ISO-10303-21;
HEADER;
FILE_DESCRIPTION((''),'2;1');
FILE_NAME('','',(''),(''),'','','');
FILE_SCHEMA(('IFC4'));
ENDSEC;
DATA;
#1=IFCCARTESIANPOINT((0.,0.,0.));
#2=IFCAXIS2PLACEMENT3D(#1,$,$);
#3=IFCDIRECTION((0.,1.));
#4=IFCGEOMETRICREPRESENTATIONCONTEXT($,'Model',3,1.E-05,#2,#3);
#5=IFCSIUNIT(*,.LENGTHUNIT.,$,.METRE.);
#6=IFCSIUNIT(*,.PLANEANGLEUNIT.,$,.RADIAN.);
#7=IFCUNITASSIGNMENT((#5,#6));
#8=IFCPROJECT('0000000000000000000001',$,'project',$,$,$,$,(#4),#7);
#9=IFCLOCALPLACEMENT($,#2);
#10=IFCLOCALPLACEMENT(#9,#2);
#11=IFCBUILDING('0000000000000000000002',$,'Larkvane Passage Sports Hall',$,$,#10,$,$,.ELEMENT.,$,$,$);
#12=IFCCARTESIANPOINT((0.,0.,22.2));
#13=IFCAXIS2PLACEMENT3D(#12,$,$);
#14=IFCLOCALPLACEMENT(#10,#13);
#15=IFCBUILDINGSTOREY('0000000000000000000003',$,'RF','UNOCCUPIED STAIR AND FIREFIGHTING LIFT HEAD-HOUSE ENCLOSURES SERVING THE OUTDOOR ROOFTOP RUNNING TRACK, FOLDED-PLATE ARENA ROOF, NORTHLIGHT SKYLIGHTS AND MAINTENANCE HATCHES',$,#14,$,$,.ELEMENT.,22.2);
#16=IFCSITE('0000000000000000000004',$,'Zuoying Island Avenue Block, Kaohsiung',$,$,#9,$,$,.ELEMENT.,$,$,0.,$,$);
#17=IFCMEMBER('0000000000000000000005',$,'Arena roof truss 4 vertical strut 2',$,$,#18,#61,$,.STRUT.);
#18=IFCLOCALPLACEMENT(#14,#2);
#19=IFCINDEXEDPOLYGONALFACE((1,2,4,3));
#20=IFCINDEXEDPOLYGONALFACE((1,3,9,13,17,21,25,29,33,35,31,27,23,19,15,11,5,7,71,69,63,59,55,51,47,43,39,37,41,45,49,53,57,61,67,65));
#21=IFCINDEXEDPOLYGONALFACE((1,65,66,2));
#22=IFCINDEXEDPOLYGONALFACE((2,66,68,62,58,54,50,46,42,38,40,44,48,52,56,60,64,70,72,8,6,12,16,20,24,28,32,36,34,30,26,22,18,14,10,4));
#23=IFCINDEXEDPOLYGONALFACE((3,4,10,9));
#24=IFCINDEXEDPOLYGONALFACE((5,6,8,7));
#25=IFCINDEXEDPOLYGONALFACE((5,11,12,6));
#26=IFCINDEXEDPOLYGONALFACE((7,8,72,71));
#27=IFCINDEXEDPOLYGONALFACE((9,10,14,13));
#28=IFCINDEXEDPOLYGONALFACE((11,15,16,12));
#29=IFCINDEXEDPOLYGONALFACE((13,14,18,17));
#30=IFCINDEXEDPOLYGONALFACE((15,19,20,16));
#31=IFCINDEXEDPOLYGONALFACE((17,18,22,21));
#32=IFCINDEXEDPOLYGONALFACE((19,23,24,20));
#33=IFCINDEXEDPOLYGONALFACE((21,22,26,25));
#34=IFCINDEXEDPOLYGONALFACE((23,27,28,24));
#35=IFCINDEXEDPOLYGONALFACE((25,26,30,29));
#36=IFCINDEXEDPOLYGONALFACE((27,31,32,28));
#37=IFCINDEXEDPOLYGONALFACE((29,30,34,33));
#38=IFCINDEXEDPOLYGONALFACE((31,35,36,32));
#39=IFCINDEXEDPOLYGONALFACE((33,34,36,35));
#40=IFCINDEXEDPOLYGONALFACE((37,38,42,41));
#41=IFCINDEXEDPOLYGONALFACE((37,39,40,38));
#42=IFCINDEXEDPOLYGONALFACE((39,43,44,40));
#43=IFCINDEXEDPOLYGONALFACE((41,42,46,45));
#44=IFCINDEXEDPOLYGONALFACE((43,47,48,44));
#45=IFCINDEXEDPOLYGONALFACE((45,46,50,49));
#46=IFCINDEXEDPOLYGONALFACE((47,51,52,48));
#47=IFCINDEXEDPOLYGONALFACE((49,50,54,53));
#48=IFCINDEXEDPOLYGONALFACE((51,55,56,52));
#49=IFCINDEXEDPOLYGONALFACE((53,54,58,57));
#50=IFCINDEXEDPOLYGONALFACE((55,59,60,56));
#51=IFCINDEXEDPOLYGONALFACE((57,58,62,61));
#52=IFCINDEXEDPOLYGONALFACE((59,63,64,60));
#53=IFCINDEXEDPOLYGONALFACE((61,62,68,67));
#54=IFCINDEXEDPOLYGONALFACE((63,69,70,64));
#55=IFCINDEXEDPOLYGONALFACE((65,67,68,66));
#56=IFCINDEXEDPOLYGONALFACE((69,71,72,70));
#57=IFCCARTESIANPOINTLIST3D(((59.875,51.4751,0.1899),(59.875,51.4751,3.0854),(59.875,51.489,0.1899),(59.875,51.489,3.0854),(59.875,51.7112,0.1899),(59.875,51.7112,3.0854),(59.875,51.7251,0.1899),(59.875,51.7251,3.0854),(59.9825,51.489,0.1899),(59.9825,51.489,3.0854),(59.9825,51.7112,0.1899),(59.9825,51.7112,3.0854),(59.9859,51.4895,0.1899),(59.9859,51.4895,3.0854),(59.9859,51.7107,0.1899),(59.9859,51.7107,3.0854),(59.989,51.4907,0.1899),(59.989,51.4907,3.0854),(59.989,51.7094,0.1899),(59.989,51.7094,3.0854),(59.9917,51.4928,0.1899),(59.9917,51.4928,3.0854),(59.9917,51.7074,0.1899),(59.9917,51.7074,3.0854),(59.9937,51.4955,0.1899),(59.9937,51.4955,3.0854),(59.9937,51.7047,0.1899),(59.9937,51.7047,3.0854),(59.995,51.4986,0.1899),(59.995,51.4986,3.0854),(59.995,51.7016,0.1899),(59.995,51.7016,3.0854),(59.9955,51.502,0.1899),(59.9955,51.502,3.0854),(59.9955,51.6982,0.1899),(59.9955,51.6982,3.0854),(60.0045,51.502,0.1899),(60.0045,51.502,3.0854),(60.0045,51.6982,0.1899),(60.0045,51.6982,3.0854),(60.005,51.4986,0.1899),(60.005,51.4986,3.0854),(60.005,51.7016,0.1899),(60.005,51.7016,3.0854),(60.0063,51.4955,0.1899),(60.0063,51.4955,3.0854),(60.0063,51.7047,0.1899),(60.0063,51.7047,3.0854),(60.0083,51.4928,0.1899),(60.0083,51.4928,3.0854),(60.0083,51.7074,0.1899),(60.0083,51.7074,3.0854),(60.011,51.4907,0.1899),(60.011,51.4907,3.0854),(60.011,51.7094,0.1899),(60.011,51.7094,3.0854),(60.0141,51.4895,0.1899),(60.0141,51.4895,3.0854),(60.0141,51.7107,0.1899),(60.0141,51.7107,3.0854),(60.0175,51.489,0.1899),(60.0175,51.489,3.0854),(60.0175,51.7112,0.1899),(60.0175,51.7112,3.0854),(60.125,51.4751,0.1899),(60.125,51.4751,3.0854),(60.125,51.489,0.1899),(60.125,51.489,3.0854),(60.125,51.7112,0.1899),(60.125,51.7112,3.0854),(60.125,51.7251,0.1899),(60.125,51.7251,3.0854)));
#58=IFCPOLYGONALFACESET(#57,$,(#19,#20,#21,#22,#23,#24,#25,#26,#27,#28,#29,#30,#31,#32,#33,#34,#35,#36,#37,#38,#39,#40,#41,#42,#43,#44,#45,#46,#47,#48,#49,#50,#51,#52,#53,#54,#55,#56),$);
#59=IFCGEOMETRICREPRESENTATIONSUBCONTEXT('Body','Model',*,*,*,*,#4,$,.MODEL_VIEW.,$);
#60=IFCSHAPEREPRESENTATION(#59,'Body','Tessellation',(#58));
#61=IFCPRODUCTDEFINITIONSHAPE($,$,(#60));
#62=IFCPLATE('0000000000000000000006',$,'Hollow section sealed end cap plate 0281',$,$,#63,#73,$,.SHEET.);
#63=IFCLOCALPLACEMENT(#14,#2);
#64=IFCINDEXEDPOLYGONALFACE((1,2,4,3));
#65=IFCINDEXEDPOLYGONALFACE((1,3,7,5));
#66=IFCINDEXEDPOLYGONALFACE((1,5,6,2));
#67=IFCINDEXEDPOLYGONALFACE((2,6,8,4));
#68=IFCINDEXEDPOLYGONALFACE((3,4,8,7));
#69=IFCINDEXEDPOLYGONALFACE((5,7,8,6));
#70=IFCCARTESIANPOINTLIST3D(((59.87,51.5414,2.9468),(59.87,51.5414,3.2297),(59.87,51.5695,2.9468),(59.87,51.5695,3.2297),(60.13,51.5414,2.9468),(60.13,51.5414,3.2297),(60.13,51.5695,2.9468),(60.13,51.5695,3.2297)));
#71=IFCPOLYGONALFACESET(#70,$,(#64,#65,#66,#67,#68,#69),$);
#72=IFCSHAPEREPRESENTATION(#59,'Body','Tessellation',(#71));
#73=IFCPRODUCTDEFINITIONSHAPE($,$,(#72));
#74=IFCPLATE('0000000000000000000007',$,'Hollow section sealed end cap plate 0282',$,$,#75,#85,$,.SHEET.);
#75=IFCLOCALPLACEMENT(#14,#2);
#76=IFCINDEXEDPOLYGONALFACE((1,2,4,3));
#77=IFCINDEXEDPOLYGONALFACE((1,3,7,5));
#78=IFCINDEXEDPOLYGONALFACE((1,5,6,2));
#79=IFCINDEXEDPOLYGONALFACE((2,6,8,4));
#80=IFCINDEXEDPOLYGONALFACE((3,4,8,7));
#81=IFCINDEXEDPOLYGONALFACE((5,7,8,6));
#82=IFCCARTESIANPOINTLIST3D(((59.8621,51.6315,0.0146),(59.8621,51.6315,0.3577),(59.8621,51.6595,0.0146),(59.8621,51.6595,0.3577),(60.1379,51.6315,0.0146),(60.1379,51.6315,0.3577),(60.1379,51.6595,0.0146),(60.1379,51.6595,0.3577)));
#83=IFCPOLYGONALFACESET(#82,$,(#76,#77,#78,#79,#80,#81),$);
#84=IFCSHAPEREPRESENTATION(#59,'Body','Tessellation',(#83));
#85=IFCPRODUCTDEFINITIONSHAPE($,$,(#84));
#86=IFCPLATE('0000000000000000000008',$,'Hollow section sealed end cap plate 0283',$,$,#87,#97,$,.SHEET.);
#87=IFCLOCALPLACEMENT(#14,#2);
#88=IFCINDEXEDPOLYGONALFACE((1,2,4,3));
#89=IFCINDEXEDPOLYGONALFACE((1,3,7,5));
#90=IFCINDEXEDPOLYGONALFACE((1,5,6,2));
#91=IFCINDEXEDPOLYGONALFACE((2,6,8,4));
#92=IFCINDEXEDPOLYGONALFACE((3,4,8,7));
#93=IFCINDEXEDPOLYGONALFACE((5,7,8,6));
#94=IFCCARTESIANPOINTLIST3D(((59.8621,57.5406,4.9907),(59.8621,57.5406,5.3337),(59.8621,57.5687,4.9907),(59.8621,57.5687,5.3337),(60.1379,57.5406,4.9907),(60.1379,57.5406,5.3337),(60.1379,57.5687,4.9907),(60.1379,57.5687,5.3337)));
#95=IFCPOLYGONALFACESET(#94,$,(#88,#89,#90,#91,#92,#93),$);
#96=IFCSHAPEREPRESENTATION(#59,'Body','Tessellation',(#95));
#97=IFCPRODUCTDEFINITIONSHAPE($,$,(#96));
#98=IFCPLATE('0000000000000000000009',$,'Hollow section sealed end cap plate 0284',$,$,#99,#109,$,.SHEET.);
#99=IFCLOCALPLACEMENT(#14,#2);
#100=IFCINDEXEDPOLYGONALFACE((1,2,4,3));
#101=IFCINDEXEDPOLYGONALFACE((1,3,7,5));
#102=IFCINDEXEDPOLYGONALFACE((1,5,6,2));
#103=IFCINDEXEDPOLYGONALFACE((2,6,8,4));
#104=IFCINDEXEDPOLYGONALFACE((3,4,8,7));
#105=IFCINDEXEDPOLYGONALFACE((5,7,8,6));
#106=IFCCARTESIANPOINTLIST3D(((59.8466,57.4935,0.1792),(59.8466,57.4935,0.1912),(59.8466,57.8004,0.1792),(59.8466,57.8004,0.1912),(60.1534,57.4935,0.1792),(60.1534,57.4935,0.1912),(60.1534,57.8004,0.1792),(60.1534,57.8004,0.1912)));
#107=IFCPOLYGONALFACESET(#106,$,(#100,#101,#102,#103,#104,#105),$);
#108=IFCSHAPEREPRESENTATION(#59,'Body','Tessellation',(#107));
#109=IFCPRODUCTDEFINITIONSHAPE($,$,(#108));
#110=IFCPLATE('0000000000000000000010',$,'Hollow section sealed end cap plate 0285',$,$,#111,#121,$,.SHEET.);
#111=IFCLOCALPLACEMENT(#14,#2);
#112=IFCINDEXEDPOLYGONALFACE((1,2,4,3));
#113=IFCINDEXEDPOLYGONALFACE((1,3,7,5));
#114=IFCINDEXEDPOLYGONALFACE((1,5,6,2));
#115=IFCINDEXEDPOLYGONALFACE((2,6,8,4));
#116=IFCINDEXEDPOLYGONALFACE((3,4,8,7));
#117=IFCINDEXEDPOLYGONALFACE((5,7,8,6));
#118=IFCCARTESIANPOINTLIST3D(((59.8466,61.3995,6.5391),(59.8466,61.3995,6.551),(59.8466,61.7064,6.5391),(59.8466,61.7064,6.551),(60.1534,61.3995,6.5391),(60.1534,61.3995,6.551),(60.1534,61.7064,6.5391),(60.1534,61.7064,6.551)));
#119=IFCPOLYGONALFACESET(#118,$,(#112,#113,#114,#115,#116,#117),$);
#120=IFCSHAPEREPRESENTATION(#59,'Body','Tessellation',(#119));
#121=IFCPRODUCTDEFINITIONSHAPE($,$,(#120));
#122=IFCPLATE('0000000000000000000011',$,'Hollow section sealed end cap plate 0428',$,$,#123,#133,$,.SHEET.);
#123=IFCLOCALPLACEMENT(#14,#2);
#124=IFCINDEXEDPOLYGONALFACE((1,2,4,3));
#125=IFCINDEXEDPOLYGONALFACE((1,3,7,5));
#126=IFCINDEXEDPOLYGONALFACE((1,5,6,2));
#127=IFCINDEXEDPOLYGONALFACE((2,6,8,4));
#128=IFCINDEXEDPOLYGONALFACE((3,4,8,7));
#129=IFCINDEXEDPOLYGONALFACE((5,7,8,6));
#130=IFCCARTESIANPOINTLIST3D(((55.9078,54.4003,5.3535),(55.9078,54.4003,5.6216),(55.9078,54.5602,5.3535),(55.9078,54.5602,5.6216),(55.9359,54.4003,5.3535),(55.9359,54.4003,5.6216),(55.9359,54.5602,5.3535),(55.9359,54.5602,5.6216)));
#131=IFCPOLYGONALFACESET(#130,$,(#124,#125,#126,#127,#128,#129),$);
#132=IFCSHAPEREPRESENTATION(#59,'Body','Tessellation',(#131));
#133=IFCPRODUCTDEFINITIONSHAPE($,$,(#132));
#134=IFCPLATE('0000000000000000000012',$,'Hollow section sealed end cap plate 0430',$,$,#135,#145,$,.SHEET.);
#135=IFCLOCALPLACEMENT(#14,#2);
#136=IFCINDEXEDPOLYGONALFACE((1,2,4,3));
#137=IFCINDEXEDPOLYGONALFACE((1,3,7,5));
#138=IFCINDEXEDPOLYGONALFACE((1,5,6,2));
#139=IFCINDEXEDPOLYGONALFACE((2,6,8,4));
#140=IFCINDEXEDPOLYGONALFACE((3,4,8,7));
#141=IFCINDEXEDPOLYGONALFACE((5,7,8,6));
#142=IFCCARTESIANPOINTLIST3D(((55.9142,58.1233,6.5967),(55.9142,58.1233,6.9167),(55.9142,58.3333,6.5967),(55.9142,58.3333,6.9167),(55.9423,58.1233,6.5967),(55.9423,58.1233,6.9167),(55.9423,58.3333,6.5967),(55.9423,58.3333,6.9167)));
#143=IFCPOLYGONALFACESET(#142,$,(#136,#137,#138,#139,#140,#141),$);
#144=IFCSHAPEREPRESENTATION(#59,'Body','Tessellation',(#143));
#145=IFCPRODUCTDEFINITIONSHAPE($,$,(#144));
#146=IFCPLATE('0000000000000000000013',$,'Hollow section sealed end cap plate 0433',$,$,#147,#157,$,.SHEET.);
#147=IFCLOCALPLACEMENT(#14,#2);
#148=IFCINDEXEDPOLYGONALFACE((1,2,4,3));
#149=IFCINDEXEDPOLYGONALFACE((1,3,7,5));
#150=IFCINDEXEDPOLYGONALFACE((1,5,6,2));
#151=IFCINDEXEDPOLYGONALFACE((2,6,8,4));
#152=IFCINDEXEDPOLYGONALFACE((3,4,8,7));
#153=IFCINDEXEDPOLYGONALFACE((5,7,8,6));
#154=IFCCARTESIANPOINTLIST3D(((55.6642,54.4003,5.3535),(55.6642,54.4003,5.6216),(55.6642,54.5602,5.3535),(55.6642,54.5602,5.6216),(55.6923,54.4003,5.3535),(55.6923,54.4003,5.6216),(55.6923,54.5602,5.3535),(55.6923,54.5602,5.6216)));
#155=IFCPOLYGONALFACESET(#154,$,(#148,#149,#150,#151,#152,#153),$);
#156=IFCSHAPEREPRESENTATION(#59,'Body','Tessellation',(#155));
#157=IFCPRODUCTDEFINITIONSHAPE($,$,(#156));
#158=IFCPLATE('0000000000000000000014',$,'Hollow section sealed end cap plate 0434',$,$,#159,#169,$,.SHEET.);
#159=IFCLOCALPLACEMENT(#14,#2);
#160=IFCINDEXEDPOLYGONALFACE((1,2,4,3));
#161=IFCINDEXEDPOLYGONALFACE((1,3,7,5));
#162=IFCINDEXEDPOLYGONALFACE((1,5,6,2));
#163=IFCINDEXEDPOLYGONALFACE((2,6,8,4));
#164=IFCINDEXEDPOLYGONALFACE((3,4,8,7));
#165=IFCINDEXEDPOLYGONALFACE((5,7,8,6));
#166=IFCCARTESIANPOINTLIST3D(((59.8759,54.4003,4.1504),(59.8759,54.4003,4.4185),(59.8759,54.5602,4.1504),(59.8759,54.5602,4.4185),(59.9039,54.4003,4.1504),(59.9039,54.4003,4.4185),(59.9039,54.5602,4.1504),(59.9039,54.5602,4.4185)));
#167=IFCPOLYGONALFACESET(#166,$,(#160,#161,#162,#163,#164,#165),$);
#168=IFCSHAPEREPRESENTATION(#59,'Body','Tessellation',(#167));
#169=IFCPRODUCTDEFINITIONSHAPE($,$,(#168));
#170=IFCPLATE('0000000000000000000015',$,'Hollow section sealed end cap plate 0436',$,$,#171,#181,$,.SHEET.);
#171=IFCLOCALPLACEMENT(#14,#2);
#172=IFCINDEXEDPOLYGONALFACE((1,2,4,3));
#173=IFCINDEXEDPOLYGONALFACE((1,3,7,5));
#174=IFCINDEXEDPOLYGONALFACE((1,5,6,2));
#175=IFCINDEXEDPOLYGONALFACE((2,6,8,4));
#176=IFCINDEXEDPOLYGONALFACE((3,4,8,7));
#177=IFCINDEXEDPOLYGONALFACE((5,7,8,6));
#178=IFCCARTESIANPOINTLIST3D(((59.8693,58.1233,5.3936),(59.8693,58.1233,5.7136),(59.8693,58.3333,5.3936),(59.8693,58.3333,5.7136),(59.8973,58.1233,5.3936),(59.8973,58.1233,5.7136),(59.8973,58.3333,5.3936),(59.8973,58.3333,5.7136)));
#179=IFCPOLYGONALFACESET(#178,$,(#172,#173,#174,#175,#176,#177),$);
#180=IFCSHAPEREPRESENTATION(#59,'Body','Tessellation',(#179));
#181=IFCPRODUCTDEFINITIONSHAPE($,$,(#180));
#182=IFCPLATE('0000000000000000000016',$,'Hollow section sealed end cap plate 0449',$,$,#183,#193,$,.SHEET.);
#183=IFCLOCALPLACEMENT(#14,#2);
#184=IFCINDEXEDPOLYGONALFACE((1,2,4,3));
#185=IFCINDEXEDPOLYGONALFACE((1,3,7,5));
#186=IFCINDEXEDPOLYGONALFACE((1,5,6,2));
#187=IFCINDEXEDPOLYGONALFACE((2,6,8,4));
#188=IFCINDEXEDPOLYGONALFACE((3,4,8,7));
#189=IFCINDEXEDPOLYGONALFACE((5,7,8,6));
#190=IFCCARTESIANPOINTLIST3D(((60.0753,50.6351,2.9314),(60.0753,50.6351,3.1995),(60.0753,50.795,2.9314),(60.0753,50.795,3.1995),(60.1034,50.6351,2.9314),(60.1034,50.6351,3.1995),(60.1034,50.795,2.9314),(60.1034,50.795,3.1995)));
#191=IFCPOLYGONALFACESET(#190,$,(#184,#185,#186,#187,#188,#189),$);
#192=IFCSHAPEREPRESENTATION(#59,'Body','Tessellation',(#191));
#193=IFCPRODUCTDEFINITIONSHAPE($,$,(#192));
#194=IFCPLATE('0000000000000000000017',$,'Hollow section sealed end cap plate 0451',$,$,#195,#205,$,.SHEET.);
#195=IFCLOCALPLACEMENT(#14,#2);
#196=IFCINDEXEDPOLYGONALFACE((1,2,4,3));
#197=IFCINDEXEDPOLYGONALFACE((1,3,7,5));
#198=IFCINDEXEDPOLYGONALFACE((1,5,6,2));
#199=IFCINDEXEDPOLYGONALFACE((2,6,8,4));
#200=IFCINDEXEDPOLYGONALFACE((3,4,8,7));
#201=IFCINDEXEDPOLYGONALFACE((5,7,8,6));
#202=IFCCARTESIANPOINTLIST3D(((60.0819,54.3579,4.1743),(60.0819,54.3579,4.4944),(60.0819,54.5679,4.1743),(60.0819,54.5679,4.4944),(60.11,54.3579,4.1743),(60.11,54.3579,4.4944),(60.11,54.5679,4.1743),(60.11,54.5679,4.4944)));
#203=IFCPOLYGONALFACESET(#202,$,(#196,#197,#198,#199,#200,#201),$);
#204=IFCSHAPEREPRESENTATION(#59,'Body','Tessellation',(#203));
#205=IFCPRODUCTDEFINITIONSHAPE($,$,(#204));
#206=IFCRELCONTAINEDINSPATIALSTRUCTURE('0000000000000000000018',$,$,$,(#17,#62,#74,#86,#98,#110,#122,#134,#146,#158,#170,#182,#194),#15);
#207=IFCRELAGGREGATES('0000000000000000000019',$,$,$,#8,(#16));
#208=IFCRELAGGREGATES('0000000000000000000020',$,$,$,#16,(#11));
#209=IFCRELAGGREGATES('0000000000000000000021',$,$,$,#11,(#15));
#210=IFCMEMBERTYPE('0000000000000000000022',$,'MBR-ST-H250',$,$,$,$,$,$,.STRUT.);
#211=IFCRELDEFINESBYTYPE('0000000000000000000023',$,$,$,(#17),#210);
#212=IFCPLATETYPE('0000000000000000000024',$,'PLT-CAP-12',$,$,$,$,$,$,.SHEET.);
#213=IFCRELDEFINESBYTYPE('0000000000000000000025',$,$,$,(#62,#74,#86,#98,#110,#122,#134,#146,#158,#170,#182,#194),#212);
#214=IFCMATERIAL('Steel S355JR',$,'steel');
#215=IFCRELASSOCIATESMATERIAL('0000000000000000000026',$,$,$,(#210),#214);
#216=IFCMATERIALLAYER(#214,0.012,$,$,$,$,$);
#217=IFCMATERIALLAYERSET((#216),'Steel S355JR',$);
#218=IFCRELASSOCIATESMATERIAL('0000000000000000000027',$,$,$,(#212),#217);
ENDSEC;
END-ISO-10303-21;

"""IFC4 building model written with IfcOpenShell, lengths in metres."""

from ifc_helpers import new_model, si_unit, direction, frame, origin, origin_2d, place, context, subcontext, project, spatial, rectangle, i_section, extrude, material, layer, layer_set, material_profile, profile_set, type_object, element, save


model = new_model("IFC4")

# Units and contexts
model_context = context("Model", 3, precision=1e-05, world=origin(), true_north=direction((0.0, 1.0)))
body_context = subcontext(model_context, "Body", "Model", "MODEL_VIEW")
ifc_project = project(units=[si_unit("LENGTHUNIT", "METRE"), si_unit("PLANEANGLEUNIT", "RADIAN")], contexts=[model_context])

# Site, building, storey
site_placement = place(None, origin())
site = spatial("IfcSite", under=ifc_project, at=site_placement, Name="Zuoying Island Avenue Block, Kaohsiung", CompositionType="ELEMENT", RefElevation=0.0)
building_placement = place(site_placement, origin())
building = spatial("IfcBuilding", under=site, at=building_placement, Name="Larkvane Passage Sports Hall", CompositionType="ELEMENT")
storey_placement = place(building_placement, frame((0.0, 0.0, 22.2)))
storey = spatial("IfcBuildingStorey", under=building, at=storey_placement, Name="RF", Description="UNOCCUPIED STAIR AND FIREFIGHTING LIFT HEAD-HOUSE ENCLOSURES SERVING THE OUTDOOR ROOFTOP RUNNING TRACK, FOLDED-PLATE ARENA ROOF, NORTHLIGHT SKYLIGHTS AND MAINTENANCE HATCHES", CompositionType="ELEMENT", Elevation=22.2)

# Member
ifc_material_1 = material(Name="Steel S355JR", Category="steel")
ifc_material_profile_1 = material_profile(ifc_material_1, i_section(OverallWidth=0.25, OverallDepth=0.25, WebThickness=0.009, FlangeThickness=0.0139, FilletRadius=0.0129, at=origin_2d()), Name="H-250x250x9x14")
ifc_profile_set_1 = profile_set([ifc_material_profile_1], Name="Steel S355JR")
member_type_1 = type_object("IfcMemberType", Name="MBR-ST-H250", PredefinedType="STRUT", material=ifc_profile_set_1)
member_1_placement = place(storey_placement, frame((60.0, 51.6001, 0.1899), z_axis=(0.0, 0.0, 1.0), x_axis=(1.0, 0.0, 0.0)))
element("IfcMember", 1, at=member_1_placement, inside=storey, type_object=member_type_1, Name="Arena roof truss 4 vertical strut 2", PredefinedType="STRUT", context=body_context, shape_type="SweptSolid", body=[
    extrude(i_section(OverallWidth=0.25, OverallDepth=0.25, WebThickness=0.009, FlangeThickness=0.0139, FilletRadius=0.0129, at=origin_2d()), origin(), (0.0, 0.0, 1.0), 2.8955),
])

# Plates
ifc_layer = layer(ifc_material_1, 0.012)
ifc_layer_set = layer_set([ifc_layer], Name="Steel S355JR")
plate_type = type_object("IfcPlateType", Name="PLT-CAP-12", PredefinedType="SHEET", material=ifc_layer_set)
plate_1_placement = place(storey_placement, frame((60.0, 51.5554, 2.9468), z_axis=(0.0, 0.0, 1.0), x_axis=(-1.0, 0.0, 0.0)))
element("IfcPlate", 2, at=plate_1_placement, inside=storey, type_object=plate_type, Name="Hollow section sealed end cap plate 0281", PredefinedType="SHEET", context=body_context, shape_type="SweptSolid", body=[
    extrude(rectangle(XDim=0.26, YDim=0.0281, at=origin_2d()), origin(), (0.0, 0.0, 1.0), 0.283),
])
for number, where, z_axis, x_axis, name in (
    (3, (60.0, 51.6455, 0.0146), (0.0, 0.0, 1.0), (-1.0, 0.0, 0.0), "Hollow section sealed end cap plate 0282"),
    (4, (60.0, 57.5547, 4.9907), (0.0, 0.0, 1.0), (-1.0, 0.0, 0.0), "Hollow section sealed end cap plate 0283"),
):
    element("IfcPlate", number, at=place(storey_placement, frame(where, z_axis=z_axis, x_axis=x_axis)), inside=storey, type_object=plate_type, Name=name, PredefinedType="SHEET", context=body_context, shape_type="SweptSolid", body=[
        extrude(rectangle(XDim=0.2759, YDim=0.0281, at=origin_2d()), origin(), (0.0, 0.0, 1.0), 0.343),
    ])
for number, where, z_axis, x_axis, name in (
    (5, (60.0, 57.647, 0.1792), (0.0, 0.0, 1.0), (1.0, 0.0, 0.0), "Hollow section sealed end cap plate 0284"),
    (6, (60.0, 61.553, 6.5391), (0.0, 0.0, 1.0), (1.0, 0.0, 0.0), "Hollow section sealed end cap plate 0285"),
):
    element("IfcPlate", number, at=place(storey_placement, frame(where, z_axis=z_axis, x_axis=x_axis)), inside=storey, type_object=plate_type, Name=name, PredefinedType="SHEET", context=body_context, shape_type="SweptSolid", body=[
        extrude(rectangle(XDim=0.3069, YDim=0.3069, at=origin_2d()), origin(), (0.0, 0.0, 1.0), 0.012),
    ])
plate_2_placement = place(storey_placement, frame((55.9219, 54.4802, 5.3535), z_axis=(0.0, 0.0, 1.0), x_axis=(0.0, 1.0, 0.0)))
element("IfcPlate", 7, at=plate_2_placement, inside=storey, type_object=plate_type, Name="Hollow section sealed end cap plate 0428", PredefinedType="SHEET", context=body_context, shape_type="SweptSolid", body=[
    extrude(rectangle(XDim=0.1599, YDim=0.0281, at=origin_2d()), origin(), (0.0, 0.0, 1.0), 0.2681),
])
plate_3_placement = place(storey_placement, frame((55.9282, 58.2283, 6.5967), z_axis=(0.0, 0.0, 1.0), x_axis=(0.0, 1.0, 0.0)))
element("IfcPlate", 8, at=plate_3_placement, inside=storey, type_object=plate_type, Name="Hollow section sealed end cap plate 0430", PredefinedType="SHEET", context=body_context, shape_type="SweptSolid", body=[
    extrude(rectangle(XDim=0.21, YDim=0.0281, at=origin_2d()), origin(), (0.0, 0.0, 1.0), 0.3201),
])
for number, where, z_axis, x_axis, name in (
    (9, (55.6782, 54.4802, 5.3535), (0.0, 0.0, 1.0), (0.0, 1.0, 0.0), "Hollow section sealed end cap plate 0433"),
    (10, (59.8899, 54.4802, 4.1504), (0.0, 0.0, 1.0), (0.0, 1.0, 0.0), "Hollow section sealed end cap plate 0434"),
):
    element("IfcPlate", number, at=place(storey_placement, frame(where, z_axis=z_axis, x_axis=x_axis)), inside=storey, type_object=plate_type, Name=name, PredefinedType="SHEET", context=body_context, shape_type="SweptSolid", body=[
        extrude(rectangle(XDim=0.1599, YDim=0.0281, at=origin_2d()), origin(), (0.0, 0.0, 1.0), 0.2681),
    ])
plate_4_placement = place(storey_placement, frame((59.8833, 58.2283, 5.3936), z_axis=(0.0, 0.0, 1.0), x_axis=(0.0, 1.0, 0.0)))
element("IfcPlate", 11, at=plate_4_placement, inside=storey, type_object=plate_type, Name="Hollow section sealed end cap plate 0436", PredefinedType="SHEET", context=body_context, shape_type="SweptSolid", body=[
    extrude(rectangle(XDim=0.21, YDim=0.0281, at=origin_2d()), origin(), (0.0, 0.0, 1.0), 0.3201),
])
plate_5_placement = place(storey_placement, frame((60.0894, 50.7151, 2.9314), z_axis=(0.0, 0.0, 1.0), x_axis=(0.0, 1.0, 0.0)))
element("IfcPlate", 12, at=plate_5_placement, inside=storey, type_object=plate_type, Name="Hollow section sealed end cap plate 0449", PredefinedType="SHEET", context=body_context, shape_type="SweptSolid", body=[
    extrude(rectangle(XDim=0.1599, YDim=0.0281, at=origin_2d()), origin(), (0.0, 0.0, 1.0), 0.2681),
])
plate_6_placement = place(storey_placement, frame((60.0959, 54.4629, 4.1743), z_axis=(0.0, 0.0, 1.0), x_axis=(0.0, 1.0, 0.0)))
element("IfcPlate", 13, at=plate_6_placement, inside=storey, type_object=plate_type, Name="Hollow section sealed end cap plate 0451", PredefinedType="SHEET", context=body_context, shape_type="SweptSolid", body=[
    extrude(rectangle(XDim=0.21, YDim=0.0281, at=origin_2d()), origin(), (0.0, 0.0, 1.0), 0.3201),
])

save(model, "model.ifc")
